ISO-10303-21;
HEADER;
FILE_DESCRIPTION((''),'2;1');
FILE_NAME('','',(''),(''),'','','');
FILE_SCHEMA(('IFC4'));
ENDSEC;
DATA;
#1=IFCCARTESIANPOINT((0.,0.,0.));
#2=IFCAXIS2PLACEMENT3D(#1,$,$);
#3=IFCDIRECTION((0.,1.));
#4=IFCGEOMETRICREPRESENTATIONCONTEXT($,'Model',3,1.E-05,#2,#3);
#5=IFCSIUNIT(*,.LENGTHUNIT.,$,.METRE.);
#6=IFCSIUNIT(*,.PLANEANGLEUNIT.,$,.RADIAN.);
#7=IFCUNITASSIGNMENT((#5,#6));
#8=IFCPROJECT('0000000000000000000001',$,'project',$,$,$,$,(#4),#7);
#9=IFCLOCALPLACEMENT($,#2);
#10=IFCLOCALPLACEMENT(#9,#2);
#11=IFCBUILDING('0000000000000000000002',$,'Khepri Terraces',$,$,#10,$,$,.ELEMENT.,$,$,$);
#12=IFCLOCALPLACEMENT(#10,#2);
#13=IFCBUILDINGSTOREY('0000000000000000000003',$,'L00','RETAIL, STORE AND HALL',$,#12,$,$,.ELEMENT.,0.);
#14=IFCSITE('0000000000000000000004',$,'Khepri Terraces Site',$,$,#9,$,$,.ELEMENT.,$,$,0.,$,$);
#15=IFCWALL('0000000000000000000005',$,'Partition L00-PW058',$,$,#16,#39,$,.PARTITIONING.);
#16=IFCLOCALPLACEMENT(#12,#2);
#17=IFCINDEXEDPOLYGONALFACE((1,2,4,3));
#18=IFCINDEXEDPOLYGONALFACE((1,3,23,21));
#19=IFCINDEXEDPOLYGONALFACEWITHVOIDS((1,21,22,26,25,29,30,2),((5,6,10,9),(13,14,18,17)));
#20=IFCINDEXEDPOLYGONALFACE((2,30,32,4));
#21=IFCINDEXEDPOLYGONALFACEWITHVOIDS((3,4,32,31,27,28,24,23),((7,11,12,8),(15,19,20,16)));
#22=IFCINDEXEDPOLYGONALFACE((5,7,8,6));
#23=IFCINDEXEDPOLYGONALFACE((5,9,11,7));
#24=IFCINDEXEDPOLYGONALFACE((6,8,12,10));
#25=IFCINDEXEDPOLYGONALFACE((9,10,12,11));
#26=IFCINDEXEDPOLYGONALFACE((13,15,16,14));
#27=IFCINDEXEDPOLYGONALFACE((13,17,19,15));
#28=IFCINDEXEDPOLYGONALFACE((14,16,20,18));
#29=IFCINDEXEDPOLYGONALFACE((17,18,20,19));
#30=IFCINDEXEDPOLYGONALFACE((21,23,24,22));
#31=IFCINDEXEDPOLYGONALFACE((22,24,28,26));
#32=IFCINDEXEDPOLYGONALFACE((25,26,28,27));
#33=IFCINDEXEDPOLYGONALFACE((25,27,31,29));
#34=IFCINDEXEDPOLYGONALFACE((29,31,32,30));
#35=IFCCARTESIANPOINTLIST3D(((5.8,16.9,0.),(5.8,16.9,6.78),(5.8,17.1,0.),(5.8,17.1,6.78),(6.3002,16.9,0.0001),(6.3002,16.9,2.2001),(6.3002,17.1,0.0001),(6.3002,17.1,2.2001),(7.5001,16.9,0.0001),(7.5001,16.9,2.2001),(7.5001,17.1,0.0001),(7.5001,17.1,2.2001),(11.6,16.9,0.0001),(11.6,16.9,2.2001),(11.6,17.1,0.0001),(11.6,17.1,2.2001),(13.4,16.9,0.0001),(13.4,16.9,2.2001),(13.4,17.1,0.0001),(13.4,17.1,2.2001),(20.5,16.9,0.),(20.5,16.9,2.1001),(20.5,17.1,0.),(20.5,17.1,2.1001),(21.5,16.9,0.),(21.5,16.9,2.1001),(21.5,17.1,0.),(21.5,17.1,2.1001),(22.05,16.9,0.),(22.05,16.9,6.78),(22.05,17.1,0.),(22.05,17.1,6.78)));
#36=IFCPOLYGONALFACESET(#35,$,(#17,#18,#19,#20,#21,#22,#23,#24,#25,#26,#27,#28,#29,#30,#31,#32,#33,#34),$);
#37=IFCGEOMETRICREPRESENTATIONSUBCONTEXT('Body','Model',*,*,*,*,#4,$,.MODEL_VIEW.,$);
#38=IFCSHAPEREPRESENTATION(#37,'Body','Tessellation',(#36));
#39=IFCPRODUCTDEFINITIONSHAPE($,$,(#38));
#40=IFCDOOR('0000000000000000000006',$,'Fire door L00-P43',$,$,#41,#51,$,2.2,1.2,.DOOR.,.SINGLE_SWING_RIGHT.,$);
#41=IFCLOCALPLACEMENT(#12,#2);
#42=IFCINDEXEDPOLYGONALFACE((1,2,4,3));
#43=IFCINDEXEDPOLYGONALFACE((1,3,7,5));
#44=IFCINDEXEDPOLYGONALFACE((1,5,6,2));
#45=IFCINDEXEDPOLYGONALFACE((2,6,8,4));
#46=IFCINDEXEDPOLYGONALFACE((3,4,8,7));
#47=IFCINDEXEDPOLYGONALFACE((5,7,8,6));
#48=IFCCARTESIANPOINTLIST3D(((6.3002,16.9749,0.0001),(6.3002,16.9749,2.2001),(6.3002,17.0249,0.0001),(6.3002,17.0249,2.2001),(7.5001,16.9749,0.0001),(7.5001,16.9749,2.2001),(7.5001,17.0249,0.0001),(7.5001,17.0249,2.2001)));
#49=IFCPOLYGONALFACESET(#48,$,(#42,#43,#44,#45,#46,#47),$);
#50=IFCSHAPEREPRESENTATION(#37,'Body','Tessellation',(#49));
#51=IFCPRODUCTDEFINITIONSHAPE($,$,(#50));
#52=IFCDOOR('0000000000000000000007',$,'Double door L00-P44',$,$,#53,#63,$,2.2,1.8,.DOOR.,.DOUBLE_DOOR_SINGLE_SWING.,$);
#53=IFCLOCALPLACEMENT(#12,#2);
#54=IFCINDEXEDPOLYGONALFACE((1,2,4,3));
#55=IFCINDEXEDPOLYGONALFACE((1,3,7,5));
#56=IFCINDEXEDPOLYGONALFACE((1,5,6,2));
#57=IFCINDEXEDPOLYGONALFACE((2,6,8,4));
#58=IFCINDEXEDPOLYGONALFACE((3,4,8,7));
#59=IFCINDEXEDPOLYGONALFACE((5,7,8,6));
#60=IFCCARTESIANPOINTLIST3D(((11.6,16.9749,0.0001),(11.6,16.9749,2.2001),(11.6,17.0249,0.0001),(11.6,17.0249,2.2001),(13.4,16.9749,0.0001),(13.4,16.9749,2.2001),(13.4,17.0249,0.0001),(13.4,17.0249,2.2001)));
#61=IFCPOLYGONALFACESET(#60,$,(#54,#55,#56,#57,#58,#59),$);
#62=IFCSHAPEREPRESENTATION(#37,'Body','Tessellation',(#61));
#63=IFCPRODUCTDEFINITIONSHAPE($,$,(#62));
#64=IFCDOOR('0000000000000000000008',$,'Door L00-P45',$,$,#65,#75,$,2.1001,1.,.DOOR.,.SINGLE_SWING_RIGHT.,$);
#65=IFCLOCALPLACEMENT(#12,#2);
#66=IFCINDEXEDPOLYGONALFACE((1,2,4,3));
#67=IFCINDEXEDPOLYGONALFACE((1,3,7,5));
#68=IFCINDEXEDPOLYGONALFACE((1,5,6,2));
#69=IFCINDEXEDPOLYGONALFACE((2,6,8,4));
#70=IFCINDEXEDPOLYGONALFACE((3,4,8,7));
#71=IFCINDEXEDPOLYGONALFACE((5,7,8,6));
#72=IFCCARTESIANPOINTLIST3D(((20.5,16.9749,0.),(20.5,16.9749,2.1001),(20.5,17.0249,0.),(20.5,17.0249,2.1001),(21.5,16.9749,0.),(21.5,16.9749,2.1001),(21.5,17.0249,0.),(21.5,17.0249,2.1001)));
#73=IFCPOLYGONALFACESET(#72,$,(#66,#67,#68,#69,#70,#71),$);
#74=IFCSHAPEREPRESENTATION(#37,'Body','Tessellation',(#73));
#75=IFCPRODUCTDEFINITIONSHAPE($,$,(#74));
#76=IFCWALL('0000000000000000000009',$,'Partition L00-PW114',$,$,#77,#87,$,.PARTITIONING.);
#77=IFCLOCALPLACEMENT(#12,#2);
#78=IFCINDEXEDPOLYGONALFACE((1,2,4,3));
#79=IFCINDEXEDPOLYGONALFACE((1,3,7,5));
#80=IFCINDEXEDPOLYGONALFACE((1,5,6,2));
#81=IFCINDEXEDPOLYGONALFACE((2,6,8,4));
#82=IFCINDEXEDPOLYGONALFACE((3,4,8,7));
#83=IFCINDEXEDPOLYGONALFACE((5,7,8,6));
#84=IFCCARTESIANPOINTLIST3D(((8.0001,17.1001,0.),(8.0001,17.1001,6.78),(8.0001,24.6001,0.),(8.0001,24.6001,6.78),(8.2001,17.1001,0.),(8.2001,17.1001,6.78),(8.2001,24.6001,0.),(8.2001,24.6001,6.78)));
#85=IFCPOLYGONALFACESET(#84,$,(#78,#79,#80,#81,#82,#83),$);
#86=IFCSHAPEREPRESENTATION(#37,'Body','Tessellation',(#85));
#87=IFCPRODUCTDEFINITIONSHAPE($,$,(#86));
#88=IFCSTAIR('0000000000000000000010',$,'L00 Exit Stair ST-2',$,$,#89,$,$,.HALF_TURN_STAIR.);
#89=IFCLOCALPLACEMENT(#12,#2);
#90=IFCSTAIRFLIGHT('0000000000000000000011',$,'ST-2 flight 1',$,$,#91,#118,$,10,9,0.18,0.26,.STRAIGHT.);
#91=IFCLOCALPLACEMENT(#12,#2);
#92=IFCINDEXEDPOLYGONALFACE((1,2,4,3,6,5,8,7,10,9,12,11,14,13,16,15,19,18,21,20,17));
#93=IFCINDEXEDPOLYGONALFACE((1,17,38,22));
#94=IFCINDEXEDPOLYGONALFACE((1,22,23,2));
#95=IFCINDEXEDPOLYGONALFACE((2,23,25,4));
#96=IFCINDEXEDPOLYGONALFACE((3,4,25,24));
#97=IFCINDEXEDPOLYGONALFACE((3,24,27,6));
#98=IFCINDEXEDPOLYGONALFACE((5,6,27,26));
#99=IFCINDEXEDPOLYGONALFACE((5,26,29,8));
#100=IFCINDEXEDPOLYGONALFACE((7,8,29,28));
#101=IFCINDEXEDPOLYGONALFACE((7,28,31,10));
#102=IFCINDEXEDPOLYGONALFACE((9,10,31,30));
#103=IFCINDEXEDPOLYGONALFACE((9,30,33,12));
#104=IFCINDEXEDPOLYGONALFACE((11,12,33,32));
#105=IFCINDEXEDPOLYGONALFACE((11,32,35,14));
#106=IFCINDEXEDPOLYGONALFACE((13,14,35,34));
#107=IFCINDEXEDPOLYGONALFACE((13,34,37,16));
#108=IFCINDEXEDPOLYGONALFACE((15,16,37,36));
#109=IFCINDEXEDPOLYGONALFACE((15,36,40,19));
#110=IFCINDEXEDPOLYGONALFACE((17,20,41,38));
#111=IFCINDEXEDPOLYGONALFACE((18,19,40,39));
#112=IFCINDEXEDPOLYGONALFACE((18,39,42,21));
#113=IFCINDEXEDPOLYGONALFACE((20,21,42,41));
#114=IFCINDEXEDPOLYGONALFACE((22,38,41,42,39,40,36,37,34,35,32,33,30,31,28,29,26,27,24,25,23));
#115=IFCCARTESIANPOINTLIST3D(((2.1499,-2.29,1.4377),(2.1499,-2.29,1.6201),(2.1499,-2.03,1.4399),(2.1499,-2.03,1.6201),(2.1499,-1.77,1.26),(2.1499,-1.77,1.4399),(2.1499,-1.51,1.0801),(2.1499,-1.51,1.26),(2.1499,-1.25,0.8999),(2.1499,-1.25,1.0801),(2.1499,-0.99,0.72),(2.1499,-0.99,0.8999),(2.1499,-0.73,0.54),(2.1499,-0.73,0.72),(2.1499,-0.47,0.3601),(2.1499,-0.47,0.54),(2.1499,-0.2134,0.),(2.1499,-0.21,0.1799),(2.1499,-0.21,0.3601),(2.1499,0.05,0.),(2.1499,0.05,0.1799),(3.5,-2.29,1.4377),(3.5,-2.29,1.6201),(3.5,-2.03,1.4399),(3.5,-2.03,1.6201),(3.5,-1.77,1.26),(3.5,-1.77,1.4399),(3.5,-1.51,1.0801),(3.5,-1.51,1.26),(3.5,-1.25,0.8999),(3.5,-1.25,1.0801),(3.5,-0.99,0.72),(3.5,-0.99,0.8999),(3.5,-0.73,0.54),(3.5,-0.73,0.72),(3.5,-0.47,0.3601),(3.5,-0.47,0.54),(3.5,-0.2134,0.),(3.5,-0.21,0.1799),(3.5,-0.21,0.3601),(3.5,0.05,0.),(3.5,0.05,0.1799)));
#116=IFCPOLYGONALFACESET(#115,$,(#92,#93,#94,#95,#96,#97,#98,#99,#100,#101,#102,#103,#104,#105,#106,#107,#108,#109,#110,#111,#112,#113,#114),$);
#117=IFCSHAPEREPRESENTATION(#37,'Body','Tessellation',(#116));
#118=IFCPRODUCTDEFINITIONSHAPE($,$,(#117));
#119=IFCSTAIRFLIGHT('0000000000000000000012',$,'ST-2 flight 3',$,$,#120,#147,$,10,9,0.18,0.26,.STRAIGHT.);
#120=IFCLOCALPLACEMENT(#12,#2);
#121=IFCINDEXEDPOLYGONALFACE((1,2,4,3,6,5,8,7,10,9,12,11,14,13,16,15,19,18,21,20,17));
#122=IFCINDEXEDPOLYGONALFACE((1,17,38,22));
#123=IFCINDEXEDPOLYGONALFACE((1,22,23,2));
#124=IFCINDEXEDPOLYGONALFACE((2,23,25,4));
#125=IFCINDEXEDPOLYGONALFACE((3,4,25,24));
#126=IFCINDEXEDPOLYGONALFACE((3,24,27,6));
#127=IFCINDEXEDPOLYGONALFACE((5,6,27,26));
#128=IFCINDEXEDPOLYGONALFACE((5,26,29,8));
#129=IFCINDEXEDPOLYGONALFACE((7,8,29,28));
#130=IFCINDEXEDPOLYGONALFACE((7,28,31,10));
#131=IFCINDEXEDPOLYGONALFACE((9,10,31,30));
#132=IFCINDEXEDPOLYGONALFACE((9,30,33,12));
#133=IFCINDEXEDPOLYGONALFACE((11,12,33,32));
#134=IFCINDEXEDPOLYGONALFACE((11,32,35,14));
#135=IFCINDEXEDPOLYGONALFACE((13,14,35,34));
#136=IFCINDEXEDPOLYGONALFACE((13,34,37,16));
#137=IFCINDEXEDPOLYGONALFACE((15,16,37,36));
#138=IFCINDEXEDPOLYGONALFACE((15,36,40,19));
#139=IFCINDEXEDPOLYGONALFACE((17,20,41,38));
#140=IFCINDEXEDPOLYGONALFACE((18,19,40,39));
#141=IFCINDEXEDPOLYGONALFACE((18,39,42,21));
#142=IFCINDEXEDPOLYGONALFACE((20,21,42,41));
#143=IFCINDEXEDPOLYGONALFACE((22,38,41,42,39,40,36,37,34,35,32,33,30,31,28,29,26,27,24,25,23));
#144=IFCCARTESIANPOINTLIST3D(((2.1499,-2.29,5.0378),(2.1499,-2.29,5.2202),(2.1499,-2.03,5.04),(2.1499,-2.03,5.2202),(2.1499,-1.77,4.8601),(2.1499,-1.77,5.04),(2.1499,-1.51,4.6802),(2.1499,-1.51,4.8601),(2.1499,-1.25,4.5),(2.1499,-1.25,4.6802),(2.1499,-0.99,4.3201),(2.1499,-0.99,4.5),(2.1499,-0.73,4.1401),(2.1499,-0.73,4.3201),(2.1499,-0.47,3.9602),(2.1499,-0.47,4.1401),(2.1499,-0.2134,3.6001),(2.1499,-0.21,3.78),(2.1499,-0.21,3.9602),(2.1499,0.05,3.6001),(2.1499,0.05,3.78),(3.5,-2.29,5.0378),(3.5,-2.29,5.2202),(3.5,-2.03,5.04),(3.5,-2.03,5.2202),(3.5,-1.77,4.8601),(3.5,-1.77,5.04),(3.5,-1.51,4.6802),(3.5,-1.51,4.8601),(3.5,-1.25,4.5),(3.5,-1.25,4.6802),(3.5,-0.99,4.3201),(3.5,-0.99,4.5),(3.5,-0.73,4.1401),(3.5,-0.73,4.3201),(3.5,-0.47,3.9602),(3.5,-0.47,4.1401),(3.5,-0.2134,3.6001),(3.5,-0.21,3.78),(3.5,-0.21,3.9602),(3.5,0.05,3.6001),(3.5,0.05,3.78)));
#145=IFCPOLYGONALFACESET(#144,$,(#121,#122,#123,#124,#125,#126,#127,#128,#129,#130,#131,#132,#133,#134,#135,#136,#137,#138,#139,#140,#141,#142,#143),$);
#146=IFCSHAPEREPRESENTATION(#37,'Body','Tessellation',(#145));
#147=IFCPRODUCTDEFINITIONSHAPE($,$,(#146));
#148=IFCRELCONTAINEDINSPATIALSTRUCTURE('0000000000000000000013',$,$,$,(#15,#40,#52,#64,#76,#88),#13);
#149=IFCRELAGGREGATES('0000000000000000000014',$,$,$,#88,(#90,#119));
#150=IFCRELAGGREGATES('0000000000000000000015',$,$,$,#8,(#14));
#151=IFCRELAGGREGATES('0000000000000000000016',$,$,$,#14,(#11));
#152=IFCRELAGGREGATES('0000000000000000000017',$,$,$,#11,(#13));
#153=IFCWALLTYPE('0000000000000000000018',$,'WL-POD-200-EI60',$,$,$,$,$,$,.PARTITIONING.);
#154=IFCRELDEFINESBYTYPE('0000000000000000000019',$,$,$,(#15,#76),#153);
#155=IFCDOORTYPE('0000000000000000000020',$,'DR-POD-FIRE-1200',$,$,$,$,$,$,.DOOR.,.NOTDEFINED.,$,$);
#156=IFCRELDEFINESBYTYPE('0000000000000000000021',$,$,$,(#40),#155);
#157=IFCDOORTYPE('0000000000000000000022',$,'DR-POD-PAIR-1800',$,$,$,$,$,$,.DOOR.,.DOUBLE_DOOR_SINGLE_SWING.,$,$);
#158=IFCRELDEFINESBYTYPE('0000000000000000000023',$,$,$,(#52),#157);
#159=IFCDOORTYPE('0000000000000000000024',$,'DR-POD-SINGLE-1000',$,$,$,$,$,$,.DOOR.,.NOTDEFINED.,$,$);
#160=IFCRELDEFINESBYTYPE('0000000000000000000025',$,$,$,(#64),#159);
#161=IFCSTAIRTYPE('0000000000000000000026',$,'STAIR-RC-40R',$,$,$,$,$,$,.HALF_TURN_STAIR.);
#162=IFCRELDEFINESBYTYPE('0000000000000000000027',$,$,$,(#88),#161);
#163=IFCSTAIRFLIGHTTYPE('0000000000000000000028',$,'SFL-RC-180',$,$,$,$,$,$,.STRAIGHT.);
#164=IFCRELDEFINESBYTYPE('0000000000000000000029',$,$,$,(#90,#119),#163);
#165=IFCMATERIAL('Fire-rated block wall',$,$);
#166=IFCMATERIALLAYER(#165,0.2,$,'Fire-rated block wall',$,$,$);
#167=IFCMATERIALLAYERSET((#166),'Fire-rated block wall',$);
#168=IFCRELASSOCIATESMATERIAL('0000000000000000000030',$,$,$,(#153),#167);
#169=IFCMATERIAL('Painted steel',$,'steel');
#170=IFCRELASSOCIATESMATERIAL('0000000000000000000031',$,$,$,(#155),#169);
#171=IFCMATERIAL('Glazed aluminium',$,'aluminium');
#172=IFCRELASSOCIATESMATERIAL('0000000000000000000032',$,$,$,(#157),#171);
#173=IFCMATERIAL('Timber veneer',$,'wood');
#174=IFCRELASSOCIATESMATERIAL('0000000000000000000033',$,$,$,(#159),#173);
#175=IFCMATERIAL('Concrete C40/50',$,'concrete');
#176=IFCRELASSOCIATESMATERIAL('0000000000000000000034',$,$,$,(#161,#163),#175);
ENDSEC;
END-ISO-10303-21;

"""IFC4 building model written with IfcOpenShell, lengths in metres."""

from ifc_helpers import new_model, si_unit, direction, frame, frame_2d, origin, place, context, subcontext, project, spatial, polyline, rectangle, outline, extrude, material, layer, layer_set, type_object, element, fill, aggregate, save


model = new_model("IFC4")

# Units and contexts
model_context = context("Model", 3, precision=1e-05, world=origin(), true_north=direction((0.0, 1.0)))
body_context = subcontext(model_context, "Body", "Model", "MODEL_VIEW")
ifc_project = project(units=[si_unit("LENGTHUNIT", "METRE"), si_unit("PLANEANGLEUNIT", "RADIAN")], contexts=[model_context])

# Site, building, storey
site_placement = place(None, origin())
site = spatial("IfcSite", under=ifc_project, at=site_placement, Name="Khepri Terraces Site", CompositionType="ELEMENT", RefElevation=0.0)
building_placement = place(site_placement, origin())
building = spatial("IfcBuilding", under=site, at=building_placement, Name="Khepri Terraces", CompositionType="ELEMENT")
storey_placement = place(building_placement, origin())
storey = spatial("IfcBuildingStorey", under=building, at=storey_placement, Name="L00", Description="RETAIL, STORE AND HALL", CompositionType="ELEMENT", Elevation=0.0)

# Shared definitions
ifc_material_1 = material(Name="Painted steel", Category="steel")

# Shared definitions
ifc_material_2 = material(Name="Fire-rated block wall")

# Wall, openings, doors
ifc_layer_1 = layer(ifc_material_2, 0.2, Name="Fire-rated block wall")
ifc_layer_set_1 = layer_set([ifc_layer_1], Name="Fire-rated block wall")
wall_type_1 = type_object("IfcWallType", Name="WL-POD-200-EI60", PredefinedType="PARTITIONING", material=ifc_layer_set_1)
wall_1_placement = place(storey_placement, frame((5.8, 17.0, 0.0), z_axis=(0.0, 0.0, 1.0), x_axis=(1.0, 0.0, 0.0)))
wall_1 = element("IfcWall", 1, at=wall_1_placement, inside=storey, type_object=wall_type_1, Name="Partition L00-PW058", PredefinedType="PARTITIONING", context=body_context, shape_type="SweptSolid", body=[
    extrude(rectangle(XDim=16.25, YDim=0.2, at=frame_2d((8.125, 0.0))), origin(), (0.0, 0.0, 1.0), 6.78),
])
opening_1_placement = place(wall_1_placement, frame((0.5, 0.0, 0.0)))
opening_1 = element("IfcOpeningElement", 2, at=opening_1_placement, cuts=wall_1, PredefinedType="OPENING", context=body_context, shape_type="SweptSolid", body=[
    extrude(rectangle(XDim=1.2, YDim=2.2, at=frame_2d((0.6001, 1.1001))), frame((0.0, 0.1099, 0.0), z_axis=(0.0, -1.0, 0.0), x_axis=(1.0, 0.0, 0.0)), (0.0, 0.0, 1.0), 0.22),
])
opening_2_placement = place(wall_1_placement, frame((5.8, 0.0, 0.0)))
opening_2 = element("IfcOpeningElement", 3, at=opening_2_placement, cuts=wall_1, PredefinedType="OPENING", context=body_context, shape_type="SweptSolid", body=[
    extrude(rectangle(XDim=1.8, YDim=2.2, at=frame_2d((0.8999, 1.1001))), frame((0.0, 0.1099, 0.0), z_axis=(0.0, -1.0, 0.0), x_axis=(1.0, 0.0, 0.0)), (0.0, 0.0, 1.0), 0.22),
])
opening_3_placement = place(wall_1_placement, frame((14.7, 0.0, 0.0)))
opening_3 = element("IfcOpeningElement", 4, at=opening_3_placement, cuts=wall_1, PredefinedType="OPENING", context=body_context, shape_type="SweptSolid", body=[
    extrude(rectangle(XDim=1.0, YDim=2.1001, at=frame_2d((0.5, 1.05))), frame((0.0, 0.1099, 0.0), z_axis=(0.0, -1.0, 0.0), x_axis=(1.0, 0.0, 0.0)), (0.0, 0.0, 1.0), 0.22),
])
door_type_1 = type_object("IfcDoorType", Name="DR-POD-FIRE-1200", OperationType="NOTDEFINED", PredefinedType="DOOR", material=ifc_material_1)
door_1_placement = place(opening_1_placement, origin())
door_1 = element("IfcDoor", 5, at=door_1_placement, inside=storey, type_object=door_type_1, Name="Fire door L00-P43", OperationType="SINGLE_SWING_RIGHT", OverallHeight=2.2, OverallWidth=1.2, PredefinedType="DOOR", context=body_context, shape_type="SweptSolid", body=[
    extrude(rectangle(XDim=1.2, YDim=2.2, at=frame_2d((0.6001, 1.1001))), frame((0.0, 0.0249, 0.0), z_axis=(0.0, -1.0, 0.0), x_axis=(1.0, 0.0, 0.0)), (0.0, 0.0, 1.0), 0.05),
])
fill(opening_1, door_1)
ifc_material_3 = material(Name="Glazed aluminium", Category="aluminium")
door_type_2 = type_object("IfcDoorType", Name="DR-POD-PAIR-1800", OperationType="DOUBLE_DOOR_SINGLE_SWING", PredefinedType="DOOR", material=ifc_material_3)
door_2_placement = place(opening_2_placement, origin())
door_2 = element("IfcDoor", 6, at=door_2_placement, inside=storey, type_object=door_type_2, Name="Double door L00-P44", OperationType="DOUBLE_DOOR_SINGLE_SWING", OverallHeight=2.2, OverallWidth=1.8, PredefinedType="DOOR", context=body_context, shape_type="SweptSolid", body=[
    extrude(rectangle(XDim=1.8, YDim=2.2, at=frame_2d((0.8999, 1.1001))), frame((0.0, 0.0249, 0.0), z_axis=(0.0, -1.0, 0.0), x_axis=(1.0, 0.0, 0.0)), (0.0, 0.0, 1.0), 0.05),
])
fill(opening_2, door_2)
ifc_material_4 = material(Name="Timber veneer", Category="wood")
door_type_3 = type_object("IfcDoorType", Name="DR-POD-SINGLE-1000", OperationType="NOTDEFINED", PredefinedType="DOOR", material=ifc_material_4)
door_3_placement = place(opening_3_placement, origin())
door_3 = element("IfcDoor", 7, at=door_3_placement, inside=storey, type_object=door_type_3, Name="Door L00-P45", OperationType="SINGLE_SWING_RIGHT", OverallHeight=2.1001, OverallWidth=1.0, PredefinedType="DOOR", context=body_context, shape_type="SweptSolid", body=[
    extrude(rectangle(XDim=1.0, YDim=2.1001, at=frame_2d((0.5, 1.05))), frame((0.0, 0.0249, 0.0), z_axis=(0.0, -1.0, 0.0), x_axis=(1.0, 0.0, 0.0)), (0.0, 0.0, 1.0), 0.05),
])
fill(opening_3, door_3)

# Wall
wall_2_placement = place(storey_placement, frame((8.1001, 17.1001, 0.0), z_axis=(0.0, 0.0, 1.0), x_axis=(0.0, 1.0, 0.0)))
element("IfcWall", 8, at=wall_2_placement, inside=storey, type_object=wall_type_1, Name="Partition L00-PW114", PredefinedType="PARTITIONING", context=body_context, shape_type="SweptSolid", body=[
    extrude(rectangle(XDim=7.5, YDim=0.2, at=frame_2d((3.75, 0.0))), origin(), (0.0, 0.0, 1.0), 6.78),
])

# Stair, stair flights
ifc_material_5 = material(Name="Concrete C40/50", Category="concrete")
stair_type = type_object("IfcStairType", Name="STAIR-RC-40R", PredefinedType="HALF_TURN_STAIR", material=ifc_material_5)
stair_placement = place(storey_placement, origin())
stair = element("IfcStair", 9, at=stair_placement, inside=storey, type_object=stair_type, Name="L00 Exit Stair ST-2", PredefinedType="HALF_TURN_STAIR")
stair_flight_type = type_object("IfcStairFlightType", Name="SFL-RC-180", PredefinedType="STRAIGHT", material=ifc_material_5)
stair_flight_1_placement = place(storey_placement, frame((2.825, 0.05, 0.0), z_axis=(0.0, 0.0, 1.0), x_axis=(0.0, -1.0, 0.0)))
stair_flight_1 = element("IfcStairFlight", 10, at=stair_flight_1_placement, type_object=stair_flight_type, Name="ST-2 flight 1", NumberOfRisers=10, NumberOfTreads=9, PredefinedType="STRAIGHT", RiserHeight=0.18, TreadLength=0.26, context=body_context, shape_type="SweptSolid", body=[
    extrude(outline(polyline([(0.0, 0.0), (0.0, 0.1799), (0.26, 0.1799), (0.26, 0.3601), (0.52, 0.3601), (0.52, 0.54), (0.78, 0.54), (0.78, 0.72), (1.04, 0.72), (1.04, 0.8999), (1.3, 0.8999), (1.3, 1.0801), (1.5601, 1.0801), (1.5601, 1.26), (1.8201, 1.26), (1.8201, 1.4399), (2.0801, 1.4399), (2.0801, 1.6201), (2.3401, 1.6201), (2.3401, 1.8), (2.3401, 1.4377), (0.2634, 0.0), (0.0, 0.0)])), frame((0.0, 0.675, 0.0), z_axis=(0.0, -1.0, 0.0), x_axis=(1.0, 0.0, 0.0)), (0.0, 0.0, 1.0), 1.3501),
])
stair_flight_2_placement = place(storey_placement, frame((2.825, 0.05, 3.6001), z_axis=(0.0, 0.0, 1.0), x_axis=(0.0, -1.0, 0.0)))
stair_flight_2 = element("IfcStairFlight", 11, at=stair_flight_2_placement, type_object=stair_flight_type, Name="ST-2 flight 3", NumberOfRisers=10, NumberOfTreads=9, PredefinedType="STRAIGHT", RiserHeight=0.18, TreadLength=0.26, context=body_context, shape_type="SweptSolid", body=[
    extrude(outline(polyline([(0.0, 0.0), (0.0, 0.1799), (0.26, 0.1799), (0.26, 0.3601), (0.52, 0.3601), (0.52, 0.54), (0.78, 0.54), (0.78, 0.72), (1.04, 0.72), (1.04, 0.8999), (1.3, 0.8999), (1.3, 1.0801), (1.5601, 1.0801), (1.5601, 1.26), (1.8201, 1.26), (1.8201, 1.4399), (2.0801, 1.4399), (2.0801, 1.6201), (2.3401, 1.6201), (2.3401, 1.8), (2.3401, 1.4377), (0.2634, 0.0), (0.0, 0.0)])), frame((0.0, 0.675, 0.0), z_axis=(0.0, -1.0, 0.0), x_axis=(1.0, 0.0, 0.0)), (0.0, 0.0, 1.0), 1.3501),
])
aggregate(stair, [stair_flight_1, stair_flight_2])

save(model, "model.ifc")
